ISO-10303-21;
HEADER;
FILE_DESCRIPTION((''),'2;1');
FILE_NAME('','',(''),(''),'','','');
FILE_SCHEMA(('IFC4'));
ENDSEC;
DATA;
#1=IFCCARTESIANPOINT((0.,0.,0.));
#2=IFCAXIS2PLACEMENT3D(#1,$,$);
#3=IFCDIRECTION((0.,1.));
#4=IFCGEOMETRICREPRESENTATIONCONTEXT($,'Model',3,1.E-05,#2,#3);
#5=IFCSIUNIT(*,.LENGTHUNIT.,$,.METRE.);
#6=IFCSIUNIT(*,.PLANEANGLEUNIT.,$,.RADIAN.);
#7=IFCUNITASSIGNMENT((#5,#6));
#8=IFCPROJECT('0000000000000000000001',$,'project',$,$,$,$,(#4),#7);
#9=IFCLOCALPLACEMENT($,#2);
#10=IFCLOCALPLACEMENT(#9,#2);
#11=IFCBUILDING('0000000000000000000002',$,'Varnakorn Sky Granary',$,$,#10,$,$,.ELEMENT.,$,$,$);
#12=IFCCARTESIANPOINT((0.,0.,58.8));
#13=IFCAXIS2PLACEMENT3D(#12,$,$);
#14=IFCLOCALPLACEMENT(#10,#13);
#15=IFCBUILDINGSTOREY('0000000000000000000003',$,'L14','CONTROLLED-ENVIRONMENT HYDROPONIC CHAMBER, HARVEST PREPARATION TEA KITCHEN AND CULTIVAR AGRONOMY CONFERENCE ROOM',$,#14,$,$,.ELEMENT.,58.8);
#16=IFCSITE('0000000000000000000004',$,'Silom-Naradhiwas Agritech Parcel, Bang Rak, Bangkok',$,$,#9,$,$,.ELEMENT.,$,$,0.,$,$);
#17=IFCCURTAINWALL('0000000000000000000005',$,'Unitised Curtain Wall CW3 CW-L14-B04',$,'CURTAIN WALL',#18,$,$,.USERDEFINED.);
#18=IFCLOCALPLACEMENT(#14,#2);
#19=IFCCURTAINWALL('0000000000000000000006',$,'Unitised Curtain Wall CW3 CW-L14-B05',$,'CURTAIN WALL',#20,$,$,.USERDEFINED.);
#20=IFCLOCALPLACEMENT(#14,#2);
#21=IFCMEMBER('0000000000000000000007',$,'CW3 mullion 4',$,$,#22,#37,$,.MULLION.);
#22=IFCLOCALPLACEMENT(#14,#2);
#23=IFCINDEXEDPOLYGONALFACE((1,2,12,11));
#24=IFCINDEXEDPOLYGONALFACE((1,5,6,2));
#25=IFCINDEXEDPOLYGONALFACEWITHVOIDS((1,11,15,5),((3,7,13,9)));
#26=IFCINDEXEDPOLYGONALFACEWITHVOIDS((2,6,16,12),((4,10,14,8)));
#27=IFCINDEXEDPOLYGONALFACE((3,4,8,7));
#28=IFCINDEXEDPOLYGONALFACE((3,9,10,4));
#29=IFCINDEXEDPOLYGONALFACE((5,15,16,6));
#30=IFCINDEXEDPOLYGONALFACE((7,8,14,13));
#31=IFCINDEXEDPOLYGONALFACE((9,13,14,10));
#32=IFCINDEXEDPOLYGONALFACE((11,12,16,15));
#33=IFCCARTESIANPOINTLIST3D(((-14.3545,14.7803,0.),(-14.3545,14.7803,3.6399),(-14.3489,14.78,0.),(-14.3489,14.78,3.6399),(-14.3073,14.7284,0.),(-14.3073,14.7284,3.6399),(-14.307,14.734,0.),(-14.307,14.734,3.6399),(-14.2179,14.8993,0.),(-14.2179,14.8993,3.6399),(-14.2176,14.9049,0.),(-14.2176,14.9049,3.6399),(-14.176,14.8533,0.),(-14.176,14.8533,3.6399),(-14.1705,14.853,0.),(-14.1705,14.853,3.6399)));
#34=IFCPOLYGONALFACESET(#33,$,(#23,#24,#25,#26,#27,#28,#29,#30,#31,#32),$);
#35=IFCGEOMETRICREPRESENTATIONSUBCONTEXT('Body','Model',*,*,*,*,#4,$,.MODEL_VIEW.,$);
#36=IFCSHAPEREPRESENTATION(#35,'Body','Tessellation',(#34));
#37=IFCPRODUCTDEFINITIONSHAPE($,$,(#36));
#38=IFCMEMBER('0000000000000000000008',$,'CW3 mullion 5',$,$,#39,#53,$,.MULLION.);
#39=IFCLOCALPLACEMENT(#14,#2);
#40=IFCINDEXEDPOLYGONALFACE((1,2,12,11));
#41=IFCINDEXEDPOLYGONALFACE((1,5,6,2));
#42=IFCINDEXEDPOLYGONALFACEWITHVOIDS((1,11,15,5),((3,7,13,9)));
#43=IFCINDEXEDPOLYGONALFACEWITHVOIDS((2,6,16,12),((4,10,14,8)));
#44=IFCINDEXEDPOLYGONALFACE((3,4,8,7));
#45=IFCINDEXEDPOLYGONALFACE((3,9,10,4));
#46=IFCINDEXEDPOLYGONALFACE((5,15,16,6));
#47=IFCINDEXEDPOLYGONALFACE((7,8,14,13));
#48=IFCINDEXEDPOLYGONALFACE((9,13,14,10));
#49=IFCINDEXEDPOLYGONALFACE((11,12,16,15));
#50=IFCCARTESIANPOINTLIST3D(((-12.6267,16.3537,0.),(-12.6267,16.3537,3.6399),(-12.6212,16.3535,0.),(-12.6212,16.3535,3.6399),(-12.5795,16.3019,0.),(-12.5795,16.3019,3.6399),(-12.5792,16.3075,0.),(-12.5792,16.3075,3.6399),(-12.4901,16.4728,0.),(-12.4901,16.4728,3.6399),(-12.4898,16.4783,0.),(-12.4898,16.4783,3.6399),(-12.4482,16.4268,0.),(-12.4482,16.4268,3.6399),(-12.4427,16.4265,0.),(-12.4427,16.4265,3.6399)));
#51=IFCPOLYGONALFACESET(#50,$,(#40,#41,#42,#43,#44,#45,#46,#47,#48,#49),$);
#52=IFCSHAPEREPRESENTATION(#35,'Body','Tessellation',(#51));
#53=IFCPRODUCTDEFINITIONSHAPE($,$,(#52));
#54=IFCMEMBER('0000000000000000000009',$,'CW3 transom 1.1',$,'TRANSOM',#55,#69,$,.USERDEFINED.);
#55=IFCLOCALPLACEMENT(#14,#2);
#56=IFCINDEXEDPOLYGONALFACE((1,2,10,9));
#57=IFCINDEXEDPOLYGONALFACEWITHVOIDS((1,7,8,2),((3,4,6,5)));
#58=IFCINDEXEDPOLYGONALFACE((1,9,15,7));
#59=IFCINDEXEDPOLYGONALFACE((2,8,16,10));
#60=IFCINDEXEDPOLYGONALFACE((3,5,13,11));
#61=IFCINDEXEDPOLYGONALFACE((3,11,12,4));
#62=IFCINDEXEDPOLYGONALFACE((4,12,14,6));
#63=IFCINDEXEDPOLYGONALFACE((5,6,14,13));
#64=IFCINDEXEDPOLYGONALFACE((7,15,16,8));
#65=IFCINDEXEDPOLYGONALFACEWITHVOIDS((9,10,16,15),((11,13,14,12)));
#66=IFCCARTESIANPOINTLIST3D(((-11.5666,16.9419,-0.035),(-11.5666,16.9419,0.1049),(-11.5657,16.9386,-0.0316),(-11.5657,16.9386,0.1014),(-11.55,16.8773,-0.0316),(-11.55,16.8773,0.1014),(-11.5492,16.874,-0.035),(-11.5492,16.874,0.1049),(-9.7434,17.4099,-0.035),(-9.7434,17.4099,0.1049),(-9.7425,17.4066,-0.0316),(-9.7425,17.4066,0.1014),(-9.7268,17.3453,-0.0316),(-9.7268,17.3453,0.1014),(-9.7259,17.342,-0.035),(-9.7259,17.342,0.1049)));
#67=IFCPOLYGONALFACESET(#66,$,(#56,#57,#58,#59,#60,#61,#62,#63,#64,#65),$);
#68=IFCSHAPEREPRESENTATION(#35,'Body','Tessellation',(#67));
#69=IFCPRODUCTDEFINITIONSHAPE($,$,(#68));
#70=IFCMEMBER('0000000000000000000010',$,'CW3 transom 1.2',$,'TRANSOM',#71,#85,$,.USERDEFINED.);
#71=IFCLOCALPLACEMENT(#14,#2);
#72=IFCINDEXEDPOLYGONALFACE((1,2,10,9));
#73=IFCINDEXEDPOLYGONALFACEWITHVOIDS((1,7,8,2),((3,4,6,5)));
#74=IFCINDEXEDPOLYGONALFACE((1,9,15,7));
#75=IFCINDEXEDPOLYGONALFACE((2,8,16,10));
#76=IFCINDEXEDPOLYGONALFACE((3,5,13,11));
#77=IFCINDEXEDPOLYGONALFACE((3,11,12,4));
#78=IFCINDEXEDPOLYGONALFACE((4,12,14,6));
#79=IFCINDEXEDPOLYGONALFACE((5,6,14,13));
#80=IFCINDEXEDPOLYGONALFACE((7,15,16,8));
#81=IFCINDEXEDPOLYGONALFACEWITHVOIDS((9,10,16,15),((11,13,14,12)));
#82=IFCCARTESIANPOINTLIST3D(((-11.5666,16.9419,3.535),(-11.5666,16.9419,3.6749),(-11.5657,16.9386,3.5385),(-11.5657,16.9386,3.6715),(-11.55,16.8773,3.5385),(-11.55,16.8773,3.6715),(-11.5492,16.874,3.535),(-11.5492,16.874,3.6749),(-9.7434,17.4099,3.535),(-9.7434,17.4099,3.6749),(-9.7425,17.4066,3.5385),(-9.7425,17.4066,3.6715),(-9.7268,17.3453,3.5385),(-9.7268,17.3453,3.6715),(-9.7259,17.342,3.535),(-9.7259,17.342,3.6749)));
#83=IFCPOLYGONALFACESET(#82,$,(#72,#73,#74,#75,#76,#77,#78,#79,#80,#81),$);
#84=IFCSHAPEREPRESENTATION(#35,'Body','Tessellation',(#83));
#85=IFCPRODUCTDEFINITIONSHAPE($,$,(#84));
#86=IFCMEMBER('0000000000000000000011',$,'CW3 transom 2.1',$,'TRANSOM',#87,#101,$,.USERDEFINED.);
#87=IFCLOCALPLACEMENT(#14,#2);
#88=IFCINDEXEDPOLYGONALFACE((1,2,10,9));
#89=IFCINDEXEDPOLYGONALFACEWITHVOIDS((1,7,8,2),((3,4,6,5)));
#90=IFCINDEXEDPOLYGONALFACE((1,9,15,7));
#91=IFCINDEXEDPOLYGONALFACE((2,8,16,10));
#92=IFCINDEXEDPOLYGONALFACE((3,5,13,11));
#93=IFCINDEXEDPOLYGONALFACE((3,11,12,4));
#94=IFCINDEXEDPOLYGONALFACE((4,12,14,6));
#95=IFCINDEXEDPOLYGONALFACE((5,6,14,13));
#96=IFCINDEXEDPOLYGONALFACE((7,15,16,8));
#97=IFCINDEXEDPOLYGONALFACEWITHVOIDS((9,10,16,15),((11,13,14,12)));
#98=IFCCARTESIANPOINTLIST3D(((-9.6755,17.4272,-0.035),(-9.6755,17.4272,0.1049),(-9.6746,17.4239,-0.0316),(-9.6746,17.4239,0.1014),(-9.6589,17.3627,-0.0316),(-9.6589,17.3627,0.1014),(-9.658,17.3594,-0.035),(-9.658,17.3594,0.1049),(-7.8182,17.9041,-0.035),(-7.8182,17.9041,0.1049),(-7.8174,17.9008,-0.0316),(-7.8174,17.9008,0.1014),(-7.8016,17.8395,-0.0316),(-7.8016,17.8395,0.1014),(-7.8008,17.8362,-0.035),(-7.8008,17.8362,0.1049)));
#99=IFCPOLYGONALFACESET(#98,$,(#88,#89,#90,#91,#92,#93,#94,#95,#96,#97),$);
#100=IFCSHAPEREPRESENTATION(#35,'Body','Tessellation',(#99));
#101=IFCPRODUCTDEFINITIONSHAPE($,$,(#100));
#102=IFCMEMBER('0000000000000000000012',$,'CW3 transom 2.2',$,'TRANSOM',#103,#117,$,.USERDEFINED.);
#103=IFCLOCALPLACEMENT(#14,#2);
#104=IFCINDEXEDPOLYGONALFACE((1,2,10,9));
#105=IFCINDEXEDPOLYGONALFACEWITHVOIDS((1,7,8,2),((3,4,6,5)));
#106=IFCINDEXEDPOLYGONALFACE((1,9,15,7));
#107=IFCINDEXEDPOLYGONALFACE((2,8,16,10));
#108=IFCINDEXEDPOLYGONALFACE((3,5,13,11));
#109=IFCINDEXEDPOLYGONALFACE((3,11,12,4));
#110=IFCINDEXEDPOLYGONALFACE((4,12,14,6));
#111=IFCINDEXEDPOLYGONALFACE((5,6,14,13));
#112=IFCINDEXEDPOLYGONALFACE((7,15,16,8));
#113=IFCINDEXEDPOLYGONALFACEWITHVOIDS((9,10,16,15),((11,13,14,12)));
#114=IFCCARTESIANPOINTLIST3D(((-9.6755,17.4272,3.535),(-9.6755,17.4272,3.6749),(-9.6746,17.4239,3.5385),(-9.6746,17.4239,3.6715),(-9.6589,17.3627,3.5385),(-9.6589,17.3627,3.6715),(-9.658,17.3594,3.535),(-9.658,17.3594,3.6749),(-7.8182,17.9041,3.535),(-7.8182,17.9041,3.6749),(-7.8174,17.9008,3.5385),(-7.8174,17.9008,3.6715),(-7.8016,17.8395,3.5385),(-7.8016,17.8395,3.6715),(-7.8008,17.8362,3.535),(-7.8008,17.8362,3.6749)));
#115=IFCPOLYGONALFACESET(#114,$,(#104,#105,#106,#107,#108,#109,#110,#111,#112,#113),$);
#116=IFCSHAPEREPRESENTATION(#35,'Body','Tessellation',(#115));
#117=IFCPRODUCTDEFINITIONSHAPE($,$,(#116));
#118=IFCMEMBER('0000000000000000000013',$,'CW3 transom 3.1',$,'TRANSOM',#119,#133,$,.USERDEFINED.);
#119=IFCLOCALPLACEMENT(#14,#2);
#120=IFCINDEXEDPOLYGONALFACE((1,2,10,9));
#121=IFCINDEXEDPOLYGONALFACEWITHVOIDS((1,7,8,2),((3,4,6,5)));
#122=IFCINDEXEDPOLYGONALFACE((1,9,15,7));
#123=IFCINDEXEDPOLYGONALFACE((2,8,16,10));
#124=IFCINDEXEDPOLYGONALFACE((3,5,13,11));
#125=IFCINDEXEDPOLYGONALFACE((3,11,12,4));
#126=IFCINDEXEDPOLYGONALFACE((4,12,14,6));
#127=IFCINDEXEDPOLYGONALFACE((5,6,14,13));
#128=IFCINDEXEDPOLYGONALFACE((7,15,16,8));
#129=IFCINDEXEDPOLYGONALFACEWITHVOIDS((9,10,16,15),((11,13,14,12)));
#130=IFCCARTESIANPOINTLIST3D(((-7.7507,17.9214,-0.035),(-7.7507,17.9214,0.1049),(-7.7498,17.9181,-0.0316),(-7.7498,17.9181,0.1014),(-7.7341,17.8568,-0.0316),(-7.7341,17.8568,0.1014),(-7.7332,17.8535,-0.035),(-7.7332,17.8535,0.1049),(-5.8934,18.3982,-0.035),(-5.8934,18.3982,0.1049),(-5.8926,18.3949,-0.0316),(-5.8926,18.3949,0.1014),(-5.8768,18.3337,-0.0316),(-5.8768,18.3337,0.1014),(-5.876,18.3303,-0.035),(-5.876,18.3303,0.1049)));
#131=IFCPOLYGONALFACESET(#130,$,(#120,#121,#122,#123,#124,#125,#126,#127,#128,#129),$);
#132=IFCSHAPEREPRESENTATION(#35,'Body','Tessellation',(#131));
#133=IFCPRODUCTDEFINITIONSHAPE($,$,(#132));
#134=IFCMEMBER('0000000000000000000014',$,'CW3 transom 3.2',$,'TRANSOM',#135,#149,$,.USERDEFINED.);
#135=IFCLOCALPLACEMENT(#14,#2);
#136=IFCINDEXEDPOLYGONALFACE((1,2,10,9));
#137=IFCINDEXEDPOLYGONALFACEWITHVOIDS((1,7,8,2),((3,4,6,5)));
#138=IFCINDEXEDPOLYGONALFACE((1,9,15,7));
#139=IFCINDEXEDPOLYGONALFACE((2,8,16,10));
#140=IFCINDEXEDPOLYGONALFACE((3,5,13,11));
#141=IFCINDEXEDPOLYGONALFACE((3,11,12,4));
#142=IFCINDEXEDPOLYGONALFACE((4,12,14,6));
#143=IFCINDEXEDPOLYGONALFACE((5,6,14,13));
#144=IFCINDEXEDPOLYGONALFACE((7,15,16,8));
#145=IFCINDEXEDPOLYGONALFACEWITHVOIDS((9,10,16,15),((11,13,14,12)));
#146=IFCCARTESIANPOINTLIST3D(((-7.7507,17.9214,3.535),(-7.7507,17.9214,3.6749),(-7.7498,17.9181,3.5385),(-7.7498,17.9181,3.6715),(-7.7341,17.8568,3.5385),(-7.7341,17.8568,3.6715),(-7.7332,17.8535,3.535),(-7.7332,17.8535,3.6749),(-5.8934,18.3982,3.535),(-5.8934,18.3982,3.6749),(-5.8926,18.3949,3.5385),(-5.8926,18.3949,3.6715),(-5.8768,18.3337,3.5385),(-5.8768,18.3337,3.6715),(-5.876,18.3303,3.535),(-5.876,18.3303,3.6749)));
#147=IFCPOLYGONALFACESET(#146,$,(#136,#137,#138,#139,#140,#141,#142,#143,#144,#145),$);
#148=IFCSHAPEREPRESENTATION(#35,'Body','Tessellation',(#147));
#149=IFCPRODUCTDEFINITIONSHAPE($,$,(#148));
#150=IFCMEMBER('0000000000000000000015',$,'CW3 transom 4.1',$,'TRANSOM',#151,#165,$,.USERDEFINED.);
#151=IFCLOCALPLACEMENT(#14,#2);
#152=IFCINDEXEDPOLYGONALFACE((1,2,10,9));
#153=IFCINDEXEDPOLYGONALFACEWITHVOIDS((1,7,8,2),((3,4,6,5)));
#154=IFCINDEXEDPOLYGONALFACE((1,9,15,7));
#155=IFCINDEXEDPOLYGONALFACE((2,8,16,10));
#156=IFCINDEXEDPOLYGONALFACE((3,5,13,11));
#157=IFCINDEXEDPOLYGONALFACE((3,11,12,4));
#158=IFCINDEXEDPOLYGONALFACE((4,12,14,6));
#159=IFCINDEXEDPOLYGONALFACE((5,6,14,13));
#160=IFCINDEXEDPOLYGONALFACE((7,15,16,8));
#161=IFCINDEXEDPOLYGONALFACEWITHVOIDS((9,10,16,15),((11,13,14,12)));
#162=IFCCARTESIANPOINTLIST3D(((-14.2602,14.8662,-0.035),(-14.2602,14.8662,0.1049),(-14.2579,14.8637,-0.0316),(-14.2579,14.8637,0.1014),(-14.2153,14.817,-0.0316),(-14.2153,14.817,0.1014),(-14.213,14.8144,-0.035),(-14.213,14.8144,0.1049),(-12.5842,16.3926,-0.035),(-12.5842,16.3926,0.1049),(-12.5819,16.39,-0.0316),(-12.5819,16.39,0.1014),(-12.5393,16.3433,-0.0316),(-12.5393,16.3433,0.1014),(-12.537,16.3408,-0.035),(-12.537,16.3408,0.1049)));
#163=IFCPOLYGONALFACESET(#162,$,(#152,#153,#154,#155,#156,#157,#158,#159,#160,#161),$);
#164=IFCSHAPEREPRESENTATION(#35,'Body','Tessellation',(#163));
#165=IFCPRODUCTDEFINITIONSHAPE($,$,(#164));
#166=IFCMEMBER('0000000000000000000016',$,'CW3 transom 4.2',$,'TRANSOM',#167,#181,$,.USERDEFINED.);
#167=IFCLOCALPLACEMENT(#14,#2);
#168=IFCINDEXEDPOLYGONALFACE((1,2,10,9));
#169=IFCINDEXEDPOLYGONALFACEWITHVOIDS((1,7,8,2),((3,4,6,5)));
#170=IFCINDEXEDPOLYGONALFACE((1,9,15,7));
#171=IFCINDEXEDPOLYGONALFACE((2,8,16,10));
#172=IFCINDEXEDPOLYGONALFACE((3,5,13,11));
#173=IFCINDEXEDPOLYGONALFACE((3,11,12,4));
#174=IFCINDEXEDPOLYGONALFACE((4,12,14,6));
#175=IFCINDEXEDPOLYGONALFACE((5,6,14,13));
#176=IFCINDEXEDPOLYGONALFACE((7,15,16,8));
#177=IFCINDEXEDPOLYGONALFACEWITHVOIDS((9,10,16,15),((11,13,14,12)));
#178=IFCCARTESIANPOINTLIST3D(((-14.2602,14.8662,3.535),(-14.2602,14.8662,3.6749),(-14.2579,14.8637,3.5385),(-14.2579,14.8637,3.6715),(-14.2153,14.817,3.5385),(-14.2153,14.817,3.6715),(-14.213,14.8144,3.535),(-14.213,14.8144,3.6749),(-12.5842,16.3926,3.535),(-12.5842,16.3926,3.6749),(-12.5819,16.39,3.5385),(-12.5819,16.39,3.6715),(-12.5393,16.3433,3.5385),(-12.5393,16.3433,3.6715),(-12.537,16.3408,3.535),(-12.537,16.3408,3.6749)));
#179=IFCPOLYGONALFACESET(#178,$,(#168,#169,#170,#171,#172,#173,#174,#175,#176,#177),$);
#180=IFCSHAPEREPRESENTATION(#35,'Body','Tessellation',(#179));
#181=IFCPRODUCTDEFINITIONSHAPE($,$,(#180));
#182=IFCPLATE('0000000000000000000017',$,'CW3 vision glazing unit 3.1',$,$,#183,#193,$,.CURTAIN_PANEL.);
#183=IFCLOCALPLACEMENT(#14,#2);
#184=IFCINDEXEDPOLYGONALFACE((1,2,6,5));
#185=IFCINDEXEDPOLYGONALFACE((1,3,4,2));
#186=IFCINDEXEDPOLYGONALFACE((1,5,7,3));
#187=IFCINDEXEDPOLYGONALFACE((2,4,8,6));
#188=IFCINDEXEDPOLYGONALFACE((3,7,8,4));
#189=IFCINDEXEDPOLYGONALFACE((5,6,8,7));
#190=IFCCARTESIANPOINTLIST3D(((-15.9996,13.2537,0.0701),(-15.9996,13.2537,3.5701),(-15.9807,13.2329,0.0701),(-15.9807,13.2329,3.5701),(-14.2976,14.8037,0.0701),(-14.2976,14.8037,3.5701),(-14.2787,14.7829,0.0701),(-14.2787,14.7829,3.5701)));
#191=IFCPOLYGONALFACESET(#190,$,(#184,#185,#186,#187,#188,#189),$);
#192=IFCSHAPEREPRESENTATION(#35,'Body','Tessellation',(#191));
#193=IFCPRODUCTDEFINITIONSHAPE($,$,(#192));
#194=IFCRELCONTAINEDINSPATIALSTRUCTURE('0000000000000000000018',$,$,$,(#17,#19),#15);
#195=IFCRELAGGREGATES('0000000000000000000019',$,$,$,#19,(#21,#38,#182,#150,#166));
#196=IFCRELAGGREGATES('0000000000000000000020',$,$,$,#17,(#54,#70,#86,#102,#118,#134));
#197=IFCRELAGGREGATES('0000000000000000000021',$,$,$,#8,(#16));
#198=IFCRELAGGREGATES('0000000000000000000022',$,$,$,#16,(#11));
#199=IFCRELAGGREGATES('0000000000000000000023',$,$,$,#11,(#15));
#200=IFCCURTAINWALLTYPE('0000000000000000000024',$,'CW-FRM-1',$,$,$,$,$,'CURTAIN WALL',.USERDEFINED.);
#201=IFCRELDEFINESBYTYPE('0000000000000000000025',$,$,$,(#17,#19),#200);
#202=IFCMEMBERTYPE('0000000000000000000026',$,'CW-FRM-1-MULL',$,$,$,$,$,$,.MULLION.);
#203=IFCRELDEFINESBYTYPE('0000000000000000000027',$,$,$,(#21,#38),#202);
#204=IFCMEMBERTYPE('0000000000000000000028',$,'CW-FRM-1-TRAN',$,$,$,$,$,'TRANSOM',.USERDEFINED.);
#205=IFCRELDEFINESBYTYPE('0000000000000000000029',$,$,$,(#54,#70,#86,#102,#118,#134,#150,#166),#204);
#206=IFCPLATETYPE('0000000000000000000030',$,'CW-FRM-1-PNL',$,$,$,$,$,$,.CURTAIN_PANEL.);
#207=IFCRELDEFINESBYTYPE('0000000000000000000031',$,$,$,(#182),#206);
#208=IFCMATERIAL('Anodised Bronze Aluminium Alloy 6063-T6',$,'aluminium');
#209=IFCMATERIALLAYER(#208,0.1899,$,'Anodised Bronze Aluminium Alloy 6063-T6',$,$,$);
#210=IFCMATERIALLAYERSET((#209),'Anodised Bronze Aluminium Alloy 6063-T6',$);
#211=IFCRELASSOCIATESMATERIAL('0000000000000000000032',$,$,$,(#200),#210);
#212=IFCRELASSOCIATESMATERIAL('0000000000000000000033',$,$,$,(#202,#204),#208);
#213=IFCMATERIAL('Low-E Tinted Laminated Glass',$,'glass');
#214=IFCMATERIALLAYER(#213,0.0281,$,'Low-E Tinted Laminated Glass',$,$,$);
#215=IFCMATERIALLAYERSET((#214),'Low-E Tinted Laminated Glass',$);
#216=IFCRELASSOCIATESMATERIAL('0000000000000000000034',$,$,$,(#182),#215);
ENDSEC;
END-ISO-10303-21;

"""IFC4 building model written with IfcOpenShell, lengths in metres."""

from ifc_helpers import new_model, si_unit, direction, frame, origin, origin_2d, place, context, subcontext, project, spatial, rectangle, hollow_rectangle, extrude, source, transform, mapped, material, layer, layer_set, material_profile, profile_set, type_object, element, aggregate, save


model = new_model("IFC4")

# Units and contexts
model_context = context("Model", 3, precision=1e-05, world=origin(), true_north=direction((0.0, 1.0)))
body_context = subcontext(model_context, "Body", "Model", "MODEL_VIEW")
ifc_project = project(units=[si_unit("LENGTHUNIT", "METRE"), si_unit("PLANEANGLEUNIT", "RADIAN")], contexts=[model_context])

# Site, building, storey
site_placement = place(None, origin())
site = spatial("IfcSite", under=ifc_project, at=site_placement, Name="Silom-Naradhiwas Agritech Parcel, Bang Rak, Bangkok", CompositionType="ELEMENT", RefElevation=0.0)
building_placement = place(site_placement, origin())
building = spatial("IfcBuilding", under=site, at=building_placement, Name="Varnakorn Sky Granary", CompositionType="ELEMENT")
storey_placement = place(building_placement, frame((0.0, 0.0, 58.8)))
storey = spatial("IfcBuildingStorey", under=building, at=storey_placement, Name="L14", Description="CONTROLLED-ENVIRONMENT HYDROPONIC CHAMBER, HARVEST PREPARATION TEA KITCHEN AND CULTIVAR AGRONOMY CONFERENCE ROOM", CompositionType="ELEMENT", Elevation=58.8)

# Curtain walls, members
ifc_material_1 = material(Name="Anodised Bronze Aluminium Alloy 6063-T6", Category="aluminium")
ifc_layer_1 = layer(ifc_material_1, 0.1899, Name="Anodised Bronze Aluminium Alloy 6063-T6")
ifc_layer_set_1 = layer_set([ifc_layer_1], Name="Anodised Bronze Aluminium Alloy 6063-T6")
curtain_wall_type = type_object("IfcCurtainWallType", Name="CW-FRM-1", ElementType="CURTAIN WALL", PredefinedType="USERDEFINED", material=ifc_layer_set_1)
curtain_wall_1_placement = place(storey_placement, origin())
curtain_wall_1 = element("IfcCurtainWall", 1, at=curtain_wall_1_placement, inside=storey, type_object=curtain_wall_type, Name="Unitised Curtain Wall CW3 CW-L14-B04", ObjectType="CURTAIN WALL", PredefinedType="USERDEFINED")
ifc_material_profile_1 = material_profile(ifc_material_1, hollow_rectangle(XDim=0.0701, YDim=0.1851, WallThickness=0.0039, at=origin_2d()), Name="ALU MULL 70x185")
ifc_profile_set_1 = profile_set([ifc_material_profile_1], Name="Anodised Bronze Aluminium Alloy 6063-T6")
member_type_1 = type_object("IfcMemberType", Name="CW-FRM-1-MULL", PredefinedType="MULLION", material=ifc_profile_set_1)
curtain_wall_2_placement = place(storey_placement, origin())
curtain_wall_2 = element("IfcCurtainWall", 2, at=curtain_wall_2_placement, inside=storey, type_object=curtain_wall_type, Name="Unitised Curtain Wall CW3 CW-L14-B05", ObjectType="CURTAIN WALL", PredefinedType="USERDEFINED")
member_1_placement = place(storey_placement, frame((-14.2625, 14.8167, 0.0), z_axis=(0.0, 0.0, 1.0), x_axis=(-0.673319, 0.739352, 0.0)))
member_1 = element("IfcMember", 3, at=member_1_placement, type_object=member_type_1, Name="CW3 mullion 4", PredefinedType="MULLION", context=body_context, shape_type="SweptSolid", body=[
    extrude(hollow_rectangle(XDim=0.0701, YDim=0.1851, WallThickness=0.0039, at=origin_2d()), origin(), (0.0, 0.0, 1.0), 3.6399),
])
member_2_placement = place(storey_placement, frame((-12.5347, 16.3901, 0.0), z_axis=(0.0, 0.0, 1.0), x_axis=(-0.673319, 0.739352, 0.0)))
member_2 = element("IfcMember", 4, at=member_2_placement, type_object=member_type_1, Name="CW3 mullion 5", PredefinedType="MULLION", context=body_context, shape_type="SweptSolid", body=[
    extrude(hollow_rectangle(XDim=0.0701, YDim=0.1851, WallThickness=0.0039, at=origin_2d()), origin(), (0.0, 0.0, 1.0), 3.6399),
])

# Members
ifc_material_profile_2 = material_profile(ifc_material_1, hollow_rectangle(XDim=0.0701, YDim=0.1399, WallThickness=0.0034, at=origin_2d()), Name="ALU TRAN 70x140")
ifc_profile_set_2 = profile_set([ifc_material_profile_2], Name="Anodised Bronze Aluminium Alloy 6063-T6")
member_type_2 = type_object("IfcMemberType", Name="CW-FRM-1-TRAN", ElementType="TRANSOM", PredefinedType="USERDEFINED", material=ifc_profile_set_2)
member_3_placement = place(storey_placement, frame((-11.5579, 16.908, 0.0349), z_axis=(0.968597, 0.248634, 0.0), x_axis=(-0.248634, 0.968597, 0.0)))
member_3 = element("IfcMember", 5, at=member_3_placement, type_object=member_type_2, Name="CW3 transom 1.1", ObjectType="TRANSOM", PredefinedType="USERDEFINED", context=body_context, shape_type="SweptSolid", body=[
    extrude(hollow_rectangle(XDim=0.0701, YDim=0.1399, WallThickness=0.0034, at=origin_2d()), origin(), (0.0, 0.0, 1.0), 1.8823),
])
member_4_placement = place(storey_placement, frame((-11.5579, 16.908, 3.605), z_axis=(0.968597, 0.248634, 0.0), x_axis=(-0.248634, 0.968597, 0.0)))
member_4 = element("IfcMember", 6, at=member_4_placement, type_object=member_type_2, Name="CW3 transom 1.2", ObjectType="TRANSOM", PredefinedType="USERDEFINED", context=body_context, shape_type="SweptSolid", body=[
    extrude(hollow_rectangle(XDim=0.0701, YDim=0.1399, WallThickness=0.0034, at=origin_2d()), origin(), (0.0, 0.0, 1.0), 1.8823),
])
member_5_placement = place(storey_placement, frame((-9.6667, 17.3933, 0.0349), z_axis=(0.968588, 0.248672, 0.0), x_axis=(-0.248672, 0.968588, 0.0)))
member_5 = element("IfcMember", 7, at=member_5_placement, type_object=member_type_2, Name="CW3 transom 2.1", ObjectType="TRANSOM", PredefinedType="USERDEFINED", context=body_context, shape_type="SweptSolid", body=[
    extrude(hollow_rectangle(XDim=0.0701, YDim=0.1399, WallThickness=0.0034, at=origin_2d()), origin(), (0.0, 0.0, 1.0), 1.9175),
])
member_6_placement = place(storey_placement, frame((-9.6667, 17.3933, 3.605), z_axis=(0.968588, 0.248672, 0.0), x_axis=(-0.248672, 0.968588, 0.0)))
member_6 = element("IfcMember", 8, at=member_6_placement, type_object=member_type_2, Name="CW3 transom 2.2", ObjectType="TRANSOM", PredefinedType="USERDEFINED", context=body_context, shape_type="SweptSolid", body=[
    extrude(hollow_rectangle(XDim=0.0701, YDim=0.1399, WallThickness=0.0034, at=origin_2d()), origin(), (0.0, 0.0, 1.0), 1.9175),
])
member_7_placement = place(storey_placement, frame((-7.7419, 17.8875, 0.0349), z_axis=(0.968588, 0.248672, 0.0), x_axis=(-0.248672, 0.968588, 0.0)))
member_7 = element("IfcMember", 9, at=member_7_placement, type_object=member_type_2, Name="CW3 transom 3.1", ObjectType="TRANSOM", PredefinedType="USERDEFINED", context=body_context, shape_type="SweptSolid", body=[
    extrude(hollow_rectangle(XDim=0.0701, YDim=0.1399, WallThickness=0.0034, at=origin_2d()), origin(), (0.0, 0.0, 1.0), 1.9175),
])
member_8_placement = place(storey_placement, frame((-7.7419, 17.8875, 3.605), z_axis=(0.968588, 0.248672, 0.0), x_axis=(-0.248672, 0.968588, 0.0)))
member_8 = element("IfcMember", 10, at=member_8_placement, type_object=member_type_2, Name="CW3 transom 3.2", ObjectType="TRANSOM", PredefinedType="USERDEFINED", context=body_context, shape_type="SweptSolid", body=[
    extrude(hollow_rectangle(XDim=0.0701, YDim=0.1399, WallThickness=0.0034, at=origin_2d()), origin(), (0.0, 0.0, 1.0), 1.9175),
])
member_9_placement = place(storey_placement, frame((-14.2366, 14.8403, 0.0349), z_axis=(0.739345, 0.673327, 0.0), x_axis=(-0.673327, 0.739345, 0.0)))
member_9 = element("IfcMember", 11, at=member_9_placement, type_object=member_type_2, Name="CW3 transom 4.1", ObjectType="TRANSOM", PredefinedType="USERDEFINED", context=body_context, shape_type="SweptSolid", body=[
    extrude(hollow_rectangle(XDim=0.0701, YDim=0.1399, WallThickness=0.0034, at=origin_2d()), origin(), (0.0, 0.0, 1.0), 2.2668),
])
member_10_placement = place(storey_placement, frame((-14.2366, 14.8403, 3.605), z_axis=(0.739345, 0.673327, 0.0), x_axis=(-0.673327, 0.739345, 0.0)))
member_10 = element("IfcMember", 12, at=member_10_placement, type_object=member_type_2, Name="CW3 transom 4.2", ObjectType="TRANSOM", PredefinedType="USERDEFINED", context=body_context, shape_type="SweptSolid", body=[
    extrude(hollow_rectangle(XDim=0.0701, YDim=0.1399, WallThickness=0.0034, at=origin_2d()), origin(), (0.0, 0.0, 1.0), 2.2668),
])

# Plate
ifc_material_2 = material(Name="Low-E Tinted Laminated Glass", Category="glass")
ifc_layer_2 = layer(ifc_material_2, 0.0281, Name="Low-E Tinted Laminated Glass")
ifc_layer_set_2 = layer_set([ifc_layer_2], Name="Low-E Tinted Laminated Glass")
plate_type = type_object("IfcPlateType", Name="CW-FRM-1-PNL", PredefinedType="CURTAIN_PANEL")
shared_shape_1 = source(origin(), body_context, "Body", "SweptSolid", [
    extrude(rectangle(XDim=2.302, YDim=0.0281, at=origin_2d()), origin(), (0.0, 0.0, 1.0), 3.5),
])
plate_1_placement = place(storey_placement, frame((-15.1392, 14.0183, 0.0701), z_axis=(0.0, 0.0, 1.0), x_axis=(0.739352, 0.673319, 0.0)))
plate_1 = element("IfcPlate", 13, at=plate_1_placement, type_object=plate_type, material=ifc_layer_set_2, Name="CW3 vision glazing unit 3.1", PredefinedType="CURTAIN_PANEL", context=body_context, shape_type="MappedRepresentation", body=[
    mapped(shared_shape_1, transform((0.0, 0.0, 0.0), x_axis=(1.0, 0.0, 0.0), y_axis=(0.0, 1.0, 0.0), z_axis=(0.0, 0.0, 1.0), scale=1.0)),
])
aggregate(curtain_wall_2, [member_1, member_2, plate_1, member_9, member_10])
aggregate(curtain_wall_1, [member_3, member_4, member_5, member_6, member_7, member_8])

save(model, "model.ifc")
